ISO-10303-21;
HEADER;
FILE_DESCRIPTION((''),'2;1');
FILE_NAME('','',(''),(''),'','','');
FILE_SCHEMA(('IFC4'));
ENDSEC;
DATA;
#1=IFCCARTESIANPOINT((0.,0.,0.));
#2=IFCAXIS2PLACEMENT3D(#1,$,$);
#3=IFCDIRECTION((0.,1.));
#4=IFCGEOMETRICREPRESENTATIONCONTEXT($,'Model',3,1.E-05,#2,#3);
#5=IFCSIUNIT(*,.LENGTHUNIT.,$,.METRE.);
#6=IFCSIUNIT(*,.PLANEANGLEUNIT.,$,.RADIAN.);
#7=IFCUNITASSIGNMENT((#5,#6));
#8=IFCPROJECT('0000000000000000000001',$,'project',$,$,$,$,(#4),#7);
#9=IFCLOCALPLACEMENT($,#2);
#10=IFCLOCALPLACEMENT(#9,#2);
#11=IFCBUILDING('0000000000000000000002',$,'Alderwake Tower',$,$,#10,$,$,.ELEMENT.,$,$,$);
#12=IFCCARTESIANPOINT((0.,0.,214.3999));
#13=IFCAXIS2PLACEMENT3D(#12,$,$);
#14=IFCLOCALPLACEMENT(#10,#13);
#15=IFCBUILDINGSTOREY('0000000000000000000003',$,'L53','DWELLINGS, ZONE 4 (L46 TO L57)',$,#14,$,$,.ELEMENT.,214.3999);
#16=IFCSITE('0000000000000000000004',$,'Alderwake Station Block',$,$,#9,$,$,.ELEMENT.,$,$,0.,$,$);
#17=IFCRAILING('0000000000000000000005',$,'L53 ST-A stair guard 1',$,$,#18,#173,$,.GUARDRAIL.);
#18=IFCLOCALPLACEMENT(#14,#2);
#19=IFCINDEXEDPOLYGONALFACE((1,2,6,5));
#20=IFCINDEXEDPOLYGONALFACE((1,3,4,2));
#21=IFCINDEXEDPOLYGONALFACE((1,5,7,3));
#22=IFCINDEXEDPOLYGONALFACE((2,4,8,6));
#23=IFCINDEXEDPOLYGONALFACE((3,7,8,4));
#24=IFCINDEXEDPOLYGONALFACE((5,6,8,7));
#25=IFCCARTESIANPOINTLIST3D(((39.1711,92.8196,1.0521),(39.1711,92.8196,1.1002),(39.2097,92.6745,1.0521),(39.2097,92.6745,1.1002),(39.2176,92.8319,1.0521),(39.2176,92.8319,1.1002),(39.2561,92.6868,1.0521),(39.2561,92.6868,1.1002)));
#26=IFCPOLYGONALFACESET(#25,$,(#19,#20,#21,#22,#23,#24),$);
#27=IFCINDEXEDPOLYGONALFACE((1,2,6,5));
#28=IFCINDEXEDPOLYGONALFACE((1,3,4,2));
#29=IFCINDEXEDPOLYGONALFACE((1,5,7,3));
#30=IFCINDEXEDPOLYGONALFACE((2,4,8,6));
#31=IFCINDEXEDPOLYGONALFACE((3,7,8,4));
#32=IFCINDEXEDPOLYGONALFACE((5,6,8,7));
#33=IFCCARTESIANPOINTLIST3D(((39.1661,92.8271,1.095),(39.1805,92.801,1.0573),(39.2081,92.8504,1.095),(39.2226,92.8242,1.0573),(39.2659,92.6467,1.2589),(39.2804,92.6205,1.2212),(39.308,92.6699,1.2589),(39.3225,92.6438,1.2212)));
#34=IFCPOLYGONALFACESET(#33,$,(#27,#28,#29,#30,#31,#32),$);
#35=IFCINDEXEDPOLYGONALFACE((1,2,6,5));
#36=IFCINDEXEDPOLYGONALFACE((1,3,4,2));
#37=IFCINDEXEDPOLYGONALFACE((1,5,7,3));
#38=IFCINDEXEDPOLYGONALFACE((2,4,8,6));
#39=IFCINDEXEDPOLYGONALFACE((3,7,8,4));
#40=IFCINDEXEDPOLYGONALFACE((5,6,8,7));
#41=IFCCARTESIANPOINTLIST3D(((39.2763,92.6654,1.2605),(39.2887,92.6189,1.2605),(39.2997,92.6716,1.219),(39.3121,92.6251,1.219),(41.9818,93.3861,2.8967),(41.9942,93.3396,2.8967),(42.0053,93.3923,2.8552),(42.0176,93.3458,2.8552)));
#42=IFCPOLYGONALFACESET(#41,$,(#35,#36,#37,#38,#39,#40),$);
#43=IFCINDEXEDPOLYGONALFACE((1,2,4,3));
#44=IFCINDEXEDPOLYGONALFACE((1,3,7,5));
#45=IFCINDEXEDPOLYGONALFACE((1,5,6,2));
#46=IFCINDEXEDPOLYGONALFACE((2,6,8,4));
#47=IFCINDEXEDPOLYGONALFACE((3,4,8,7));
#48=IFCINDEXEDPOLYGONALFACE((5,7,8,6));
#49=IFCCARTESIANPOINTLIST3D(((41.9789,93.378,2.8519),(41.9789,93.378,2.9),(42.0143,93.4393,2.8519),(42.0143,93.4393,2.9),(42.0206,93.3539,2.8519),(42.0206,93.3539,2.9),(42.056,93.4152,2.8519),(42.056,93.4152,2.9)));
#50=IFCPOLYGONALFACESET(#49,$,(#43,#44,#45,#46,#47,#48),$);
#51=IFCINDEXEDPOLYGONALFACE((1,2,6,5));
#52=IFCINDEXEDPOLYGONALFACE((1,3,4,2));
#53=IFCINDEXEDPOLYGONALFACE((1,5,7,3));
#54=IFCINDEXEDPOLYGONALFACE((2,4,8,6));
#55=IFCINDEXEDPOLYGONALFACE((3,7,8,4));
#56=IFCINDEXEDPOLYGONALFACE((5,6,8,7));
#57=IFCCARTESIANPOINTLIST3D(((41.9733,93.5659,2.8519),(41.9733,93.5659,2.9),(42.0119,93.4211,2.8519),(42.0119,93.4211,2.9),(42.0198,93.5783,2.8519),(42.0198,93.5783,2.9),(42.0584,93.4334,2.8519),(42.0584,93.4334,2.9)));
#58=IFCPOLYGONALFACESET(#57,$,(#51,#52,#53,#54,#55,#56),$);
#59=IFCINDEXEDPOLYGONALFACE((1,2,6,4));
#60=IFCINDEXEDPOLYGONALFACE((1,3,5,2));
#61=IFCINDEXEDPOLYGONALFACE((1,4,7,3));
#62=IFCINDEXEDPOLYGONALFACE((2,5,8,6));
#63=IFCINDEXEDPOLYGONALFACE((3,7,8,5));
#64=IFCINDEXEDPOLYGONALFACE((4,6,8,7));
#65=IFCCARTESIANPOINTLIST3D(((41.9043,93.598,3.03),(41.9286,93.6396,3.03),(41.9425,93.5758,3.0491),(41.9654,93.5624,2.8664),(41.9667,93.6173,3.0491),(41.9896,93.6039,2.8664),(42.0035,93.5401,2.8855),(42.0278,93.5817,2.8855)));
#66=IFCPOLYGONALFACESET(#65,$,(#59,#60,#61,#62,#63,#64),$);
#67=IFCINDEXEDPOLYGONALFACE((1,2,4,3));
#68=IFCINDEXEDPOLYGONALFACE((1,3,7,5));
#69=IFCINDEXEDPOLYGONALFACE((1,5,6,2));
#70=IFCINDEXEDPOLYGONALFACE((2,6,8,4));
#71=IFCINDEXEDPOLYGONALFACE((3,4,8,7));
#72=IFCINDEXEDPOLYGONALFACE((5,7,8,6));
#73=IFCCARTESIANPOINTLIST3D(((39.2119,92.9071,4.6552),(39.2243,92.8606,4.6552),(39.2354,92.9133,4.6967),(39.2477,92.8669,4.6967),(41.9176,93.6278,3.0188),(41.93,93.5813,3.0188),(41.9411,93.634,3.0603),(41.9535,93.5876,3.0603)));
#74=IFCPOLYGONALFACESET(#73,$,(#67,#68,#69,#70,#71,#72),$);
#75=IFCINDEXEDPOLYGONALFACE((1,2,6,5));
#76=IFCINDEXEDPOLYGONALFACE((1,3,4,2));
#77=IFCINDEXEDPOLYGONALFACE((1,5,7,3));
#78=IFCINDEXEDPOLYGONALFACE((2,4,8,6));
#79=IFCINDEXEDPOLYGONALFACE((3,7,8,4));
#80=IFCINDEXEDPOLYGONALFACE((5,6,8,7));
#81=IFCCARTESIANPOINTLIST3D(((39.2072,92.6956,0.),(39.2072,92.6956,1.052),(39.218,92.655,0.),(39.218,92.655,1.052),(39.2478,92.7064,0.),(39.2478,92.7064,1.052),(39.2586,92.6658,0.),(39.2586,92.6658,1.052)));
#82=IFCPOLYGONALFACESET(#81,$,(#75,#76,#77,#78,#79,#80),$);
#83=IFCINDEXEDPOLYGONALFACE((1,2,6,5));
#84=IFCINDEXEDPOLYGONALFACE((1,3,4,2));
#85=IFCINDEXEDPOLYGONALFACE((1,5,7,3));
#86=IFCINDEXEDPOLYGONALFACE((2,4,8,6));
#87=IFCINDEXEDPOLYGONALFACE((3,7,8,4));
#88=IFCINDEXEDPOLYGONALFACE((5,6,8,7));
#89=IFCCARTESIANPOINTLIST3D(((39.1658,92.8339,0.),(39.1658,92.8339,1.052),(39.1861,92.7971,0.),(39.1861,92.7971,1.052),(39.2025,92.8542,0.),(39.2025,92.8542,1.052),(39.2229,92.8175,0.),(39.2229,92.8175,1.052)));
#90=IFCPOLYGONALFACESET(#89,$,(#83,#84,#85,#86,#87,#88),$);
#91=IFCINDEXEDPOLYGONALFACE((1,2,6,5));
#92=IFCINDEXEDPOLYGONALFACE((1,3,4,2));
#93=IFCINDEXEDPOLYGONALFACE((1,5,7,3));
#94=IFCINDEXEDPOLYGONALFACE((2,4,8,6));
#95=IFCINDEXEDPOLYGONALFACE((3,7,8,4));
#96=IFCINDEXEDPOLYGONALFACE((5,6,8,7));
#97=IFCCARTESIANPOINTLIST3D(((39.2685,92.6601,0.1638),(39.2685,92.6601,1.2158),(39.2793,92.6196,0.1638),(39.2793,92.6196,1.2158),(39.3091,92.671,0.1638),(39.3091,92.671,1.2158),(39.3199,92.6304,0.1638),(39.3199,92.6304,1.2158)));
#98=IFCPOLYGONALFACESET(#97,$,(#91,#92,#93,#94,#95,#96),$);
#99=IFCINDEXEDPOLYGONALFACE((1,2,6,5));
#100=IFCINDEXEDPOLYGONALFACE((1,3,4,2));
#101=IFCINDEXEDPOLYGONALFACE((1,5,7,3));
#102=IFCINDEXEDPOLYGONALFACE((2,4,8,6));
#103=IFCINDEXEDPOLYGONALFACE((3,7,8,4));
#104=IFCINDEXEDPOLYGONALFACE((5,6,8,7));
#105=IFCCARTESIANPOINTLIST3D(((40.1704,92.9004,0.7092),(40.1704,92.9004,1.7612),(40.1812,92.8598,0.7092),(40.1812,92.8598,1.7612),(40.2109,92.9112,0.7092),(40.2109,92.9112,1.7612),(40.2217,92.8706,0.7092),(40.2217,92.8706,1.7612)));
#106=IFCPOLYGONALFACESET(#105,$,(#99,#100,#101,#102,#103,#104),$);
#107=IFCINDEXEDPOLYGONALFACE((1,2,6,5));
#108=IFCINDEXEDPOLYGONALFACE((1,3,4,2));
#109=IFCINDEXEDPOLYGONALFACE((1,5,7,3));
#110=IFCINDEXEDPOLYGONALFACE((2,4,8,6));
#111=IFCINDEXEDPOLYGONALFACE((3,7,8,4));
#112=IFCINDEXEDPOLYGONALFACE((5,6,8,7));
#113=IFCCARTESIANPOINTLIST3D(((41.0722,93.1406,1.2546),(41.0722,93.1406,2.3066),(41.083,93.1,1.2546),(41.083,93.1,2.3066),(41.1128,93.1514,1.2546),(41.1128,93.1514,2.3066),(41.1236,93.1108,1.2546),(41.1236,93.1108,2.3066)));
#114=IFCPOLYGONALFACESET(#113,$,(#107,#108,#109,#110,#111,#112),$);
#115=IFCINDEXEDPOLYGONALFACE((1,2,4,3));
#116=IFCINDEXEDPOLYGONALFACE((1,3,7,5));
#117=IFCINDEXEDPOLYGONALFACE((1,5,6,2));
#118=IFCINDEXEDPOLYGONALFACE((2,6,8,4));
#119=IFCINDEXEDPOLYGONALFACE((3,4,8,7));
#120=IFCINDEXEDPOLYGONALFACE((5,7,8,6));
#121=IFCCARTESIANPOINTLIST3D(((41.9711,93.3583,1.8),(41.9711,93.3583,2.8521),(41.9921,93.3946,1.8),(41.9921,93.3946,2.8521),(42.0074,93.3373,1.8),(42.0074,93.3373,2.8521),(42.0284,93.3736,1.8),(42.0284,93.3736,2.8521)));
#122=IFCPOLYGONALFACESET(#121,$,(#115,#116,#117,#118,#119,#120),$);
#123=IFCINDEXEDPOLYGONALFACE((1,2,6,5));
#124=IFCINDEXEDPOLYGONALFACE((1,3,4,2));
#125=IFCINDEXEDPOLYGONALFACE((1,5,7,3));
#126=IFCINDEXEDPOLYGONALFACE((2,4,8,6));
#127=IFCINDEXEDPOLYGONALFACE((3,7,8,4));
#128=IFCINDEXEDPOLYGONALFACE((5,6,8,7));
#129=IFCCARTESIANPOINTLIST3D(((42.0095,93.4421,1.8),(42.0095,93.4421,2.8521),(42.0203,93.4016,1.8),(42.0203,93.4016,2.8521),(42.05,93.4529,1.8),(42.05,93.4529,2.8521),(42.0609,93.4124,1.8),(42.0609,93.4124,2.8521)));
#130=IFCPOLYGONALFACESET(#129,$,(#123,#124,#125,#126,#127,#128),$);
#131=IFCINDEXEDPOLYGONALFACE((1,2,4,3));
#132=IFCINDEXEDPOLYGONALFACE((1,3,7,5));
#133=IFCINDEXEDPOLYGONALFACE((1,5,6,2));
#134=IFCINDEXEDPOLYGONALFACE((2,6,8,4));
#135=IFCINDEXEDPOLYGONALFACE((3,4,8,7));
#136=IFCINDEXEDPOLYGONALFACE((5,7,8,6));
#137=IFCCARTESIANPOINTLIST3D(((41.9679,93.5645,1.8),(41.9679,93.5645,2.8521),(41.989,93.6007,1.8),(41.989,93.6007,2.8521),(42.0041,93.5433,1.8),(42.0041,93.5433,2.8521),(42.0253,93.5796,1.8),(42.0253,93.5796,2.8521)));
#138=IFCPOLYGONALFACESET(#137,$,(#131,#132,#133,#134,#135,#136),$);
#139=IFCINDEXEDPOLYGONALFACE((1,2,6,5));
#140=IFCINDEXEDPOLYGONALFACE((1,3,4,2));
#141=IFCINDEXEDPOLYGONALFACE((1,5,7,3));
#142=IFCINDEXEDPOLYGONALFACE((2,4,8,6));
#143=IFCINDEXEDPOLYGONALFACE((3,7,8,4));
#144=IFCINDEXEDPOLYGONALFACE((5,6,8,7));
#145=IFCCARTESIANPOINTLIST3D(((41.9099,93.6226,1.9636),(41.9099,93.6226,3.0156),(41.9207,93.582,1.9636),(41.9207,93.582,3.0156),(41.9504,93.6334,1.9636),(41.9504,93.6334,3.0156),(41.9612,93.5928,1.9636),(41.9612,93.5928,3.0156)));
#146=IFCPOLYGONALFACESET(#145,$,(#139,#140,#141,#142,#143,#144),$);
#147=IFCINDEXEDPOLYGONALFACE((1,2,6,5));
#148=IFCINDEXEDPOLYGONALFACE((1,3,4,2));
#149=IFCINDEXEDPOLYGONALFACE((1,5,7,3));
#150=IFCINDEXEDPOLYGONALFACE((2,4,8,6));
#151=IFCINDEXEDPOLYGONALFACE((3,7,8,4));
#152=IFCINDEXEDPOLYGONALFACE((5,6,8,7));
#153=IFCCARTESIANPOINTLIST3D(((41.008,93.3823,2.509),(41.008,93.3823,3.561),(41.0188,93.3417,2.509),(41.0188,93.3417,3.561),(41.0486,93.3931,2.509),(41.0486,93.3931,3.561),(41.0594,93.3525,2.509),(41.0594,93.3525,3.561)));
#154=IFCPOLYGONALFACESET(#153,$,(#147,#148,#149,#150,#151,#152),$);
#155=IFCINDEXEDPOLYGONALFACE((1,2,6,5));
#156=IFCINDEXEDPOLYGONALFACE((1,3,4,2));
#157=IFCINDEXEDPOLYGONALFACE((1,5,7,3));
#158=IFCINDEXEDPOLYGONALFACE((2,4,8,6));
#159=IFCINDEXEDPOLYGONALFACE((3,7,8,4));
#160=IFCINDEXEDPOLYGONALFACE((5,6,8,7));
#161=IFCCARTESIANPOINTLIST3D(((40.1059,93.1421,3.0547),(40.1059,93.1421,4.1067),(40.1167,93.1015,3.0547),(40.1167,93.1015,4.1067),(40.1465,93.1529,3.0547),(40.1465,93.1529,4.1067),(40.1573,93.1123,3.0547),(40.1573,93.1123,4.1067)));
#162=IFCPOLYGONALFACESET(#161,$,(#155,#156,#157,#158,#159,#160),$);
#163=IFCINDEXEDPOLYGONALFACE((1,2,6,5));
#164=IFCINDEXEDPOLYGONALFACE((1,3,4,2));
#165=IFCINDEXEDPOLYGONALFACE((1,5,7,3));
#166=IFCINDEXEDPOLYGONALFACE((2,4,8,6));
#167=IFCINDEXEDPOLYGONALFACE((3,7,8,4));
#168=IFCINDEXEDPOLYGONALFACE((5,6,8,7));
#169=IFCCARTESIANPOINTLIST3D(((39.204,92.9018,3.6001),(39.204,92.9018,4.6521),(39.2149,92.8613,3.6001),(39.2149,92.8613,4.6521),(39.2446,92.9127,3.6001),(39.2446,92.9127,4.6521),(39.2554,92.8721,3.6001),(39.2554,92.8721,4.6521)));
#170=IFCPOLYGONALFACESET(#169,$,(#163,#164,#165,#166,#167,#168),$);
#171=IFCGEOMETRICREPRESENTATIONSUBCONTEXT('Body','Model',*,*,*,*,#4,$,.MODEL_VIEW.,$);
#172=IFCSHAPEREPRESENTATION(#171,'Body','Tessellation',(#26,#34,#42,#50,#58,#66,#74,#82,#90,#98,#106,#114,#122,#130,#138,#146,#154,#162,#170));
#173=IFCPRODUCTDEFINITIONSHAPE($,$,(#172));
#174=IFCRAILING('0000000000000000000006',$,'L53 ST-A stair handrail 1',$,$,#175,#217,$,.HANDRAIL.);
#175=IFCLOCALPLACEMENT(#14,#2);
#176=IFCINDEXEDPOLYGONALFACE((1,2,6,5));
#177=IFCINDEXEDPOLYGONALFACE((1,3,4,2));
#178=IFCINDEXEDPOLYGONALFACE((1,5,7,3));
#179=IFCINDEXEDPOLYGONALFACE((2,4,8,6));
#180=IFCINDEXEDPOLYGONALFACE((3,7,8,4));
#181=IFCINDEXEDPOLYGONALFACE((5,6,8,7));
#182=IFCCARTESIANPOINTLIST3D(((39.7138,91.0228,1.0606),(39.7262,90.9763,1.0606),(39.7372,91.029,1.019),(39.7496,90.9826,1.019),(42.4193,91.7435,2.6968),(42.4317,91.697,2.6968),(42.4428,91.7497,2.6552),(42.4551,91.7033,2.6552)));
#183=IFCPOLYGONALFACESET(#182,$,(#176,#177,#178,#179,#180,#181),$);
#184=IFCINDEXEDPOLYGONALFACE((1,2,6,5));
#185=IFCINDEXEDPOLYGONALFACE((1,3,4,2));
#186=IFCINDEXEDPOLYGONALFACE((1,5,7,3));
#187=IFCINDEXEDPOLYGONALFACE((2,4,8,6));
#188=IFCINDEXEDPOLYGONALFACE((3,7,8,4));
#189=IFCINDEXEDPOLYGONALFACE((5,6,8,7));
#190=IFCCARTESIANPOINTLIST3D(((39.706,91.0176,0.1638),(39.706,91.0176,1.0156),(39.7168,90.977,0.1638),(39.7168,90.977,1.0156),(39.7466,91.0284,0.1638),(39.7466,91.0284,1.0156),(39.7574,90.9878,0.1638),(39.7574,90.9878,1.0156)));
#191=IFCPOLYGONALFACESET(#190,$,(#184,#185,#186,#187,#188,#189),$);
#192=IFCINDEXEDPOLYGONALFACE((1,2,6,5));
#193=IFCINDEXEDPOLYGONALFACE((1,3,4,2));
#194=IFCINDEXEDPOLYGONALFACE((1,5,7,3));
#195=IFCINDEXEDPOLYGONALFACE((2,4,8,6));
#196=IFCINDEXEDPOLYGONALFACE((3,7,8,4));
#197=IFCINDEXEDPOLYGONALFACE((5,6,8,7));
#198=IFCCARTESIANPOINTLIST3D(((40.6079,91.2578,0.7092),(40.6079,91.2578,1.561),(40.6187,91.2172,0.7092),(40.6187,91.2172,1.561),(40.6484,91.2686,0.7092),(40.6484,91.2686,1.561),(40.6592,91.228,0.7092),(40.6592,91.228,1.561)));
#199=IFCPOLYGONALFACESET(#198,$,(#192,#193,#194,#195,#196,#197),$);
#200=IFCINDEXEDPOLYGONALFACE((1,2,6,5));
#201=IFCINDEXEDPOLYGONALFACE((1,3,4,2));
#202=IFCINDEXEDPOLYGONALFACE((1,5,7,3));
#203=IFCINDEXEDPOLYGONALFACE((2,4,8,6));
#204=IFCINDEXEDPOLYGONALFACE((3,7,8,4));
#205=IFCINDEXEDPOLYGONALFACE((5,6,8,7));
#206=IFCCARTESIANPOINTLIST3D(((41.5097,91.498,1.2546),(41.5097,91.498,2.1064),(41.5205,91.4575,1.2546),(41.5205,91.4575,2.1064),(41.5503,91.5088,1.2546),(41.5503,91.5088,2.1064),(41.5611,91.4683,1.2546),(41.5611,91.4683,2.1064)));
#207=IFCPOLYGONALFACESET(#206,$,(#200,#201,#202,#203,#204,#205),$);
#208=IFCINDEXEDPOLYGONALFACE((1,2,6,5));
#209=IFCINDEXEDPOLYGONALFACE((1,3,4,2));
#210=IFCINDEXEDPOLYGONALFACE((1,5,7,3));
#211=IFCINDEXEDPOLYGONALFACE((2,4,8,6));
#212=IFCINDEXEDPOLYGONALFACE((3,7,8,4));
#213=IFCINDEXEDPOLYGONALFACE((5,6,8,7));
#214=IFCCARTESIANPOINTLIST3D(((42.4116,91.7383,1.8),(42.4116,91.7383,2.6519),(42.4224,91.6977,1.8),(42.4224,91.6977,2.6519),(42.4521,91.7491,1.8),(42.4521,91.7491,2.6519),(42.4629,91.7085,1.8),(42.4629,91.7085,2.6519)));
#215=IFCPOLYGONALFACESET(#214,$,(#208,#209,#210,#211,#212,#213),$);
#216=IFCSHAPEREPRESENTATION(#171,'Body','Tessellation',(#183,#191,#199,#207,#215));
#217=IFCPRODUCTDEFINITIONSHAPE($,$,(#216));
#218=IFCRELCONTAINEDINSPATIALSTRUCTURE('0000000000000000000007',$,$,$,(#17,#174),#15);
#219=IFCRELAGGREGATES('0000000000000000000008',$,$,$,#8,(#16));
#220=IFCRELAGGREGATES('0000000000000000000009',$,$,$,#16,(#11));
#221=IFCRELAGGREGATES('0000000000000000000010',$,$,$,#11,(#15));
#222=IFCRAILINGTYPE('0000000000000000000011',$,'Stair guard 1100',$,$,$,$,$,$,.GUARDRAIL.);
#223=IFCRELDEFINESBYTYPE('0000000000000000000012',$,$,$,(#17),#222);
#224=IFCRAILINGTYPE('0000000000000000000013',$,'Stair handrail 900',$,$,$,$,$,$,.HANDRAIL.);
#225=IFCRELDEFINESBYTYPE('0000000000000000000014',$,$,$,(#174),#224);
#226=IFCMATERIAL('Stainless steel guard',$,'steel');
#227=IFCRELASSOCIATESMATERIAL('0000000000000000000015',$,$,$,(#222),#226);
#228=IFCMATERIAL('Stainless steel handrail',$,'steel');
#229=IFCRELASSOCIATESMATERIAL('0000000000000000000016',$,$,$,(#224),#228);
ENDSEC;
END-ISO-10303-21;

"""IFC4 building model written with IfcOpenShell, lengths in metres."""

from ifc_helpers import new_model, si_unit, direction, frame, origin, origin_2d, place, context, subcontext, project, spatial, rectangle, extrude, material, type_object, element, save


model = new_model("IFC4")

# Units and contexts
model_context = context("Model", 3, precision=1e-05, world=origin(), true_north=direction((0.0, 1.0)))
body_context = subcontext(model_context, "Body", "Model", "MODEL_VIEW")
ifc_project = project(units=[si_unit("LENGTHUNIT", "METRE"), si_unit("PLANEANGLEUNIT", "RADIAN")], contexts=[model_context])

# Site, building, storey
site_placement = place(None, origin())
site = spatial("IfcSite", under=ifc_project, at=site_placement, Name="Alderwake Station Block", CompositionType="ELEMENT", RefElevation=0.0)
building_placement = place(site_placement, origin())
building = spatial("IfcBuilding", under=site, at=building_placement, Name="Alderwake Tower", CompositionType="ELEMENT")
storey_placement = place(building_placement, frame((0.0, 0.0, 214.3999)))
storey = spatial("IfcBuildingStorey", under=building, at=storey_placement, Name="L53", Description="DWELLINGS, ZONE 4 (L46 TO L57)", CompositionType="ELEMENT", Elevation=214.3999)

# Railings
ifc_material_1 = material(Name="Stainless steel guard", Category="steel")
railing_type_1 = type_object("IfcRailingType", Name="Stair guard 1100", PredefinedType="GUARDRAIL", material=ifc_material_1)
railing_1_placement = place(storey_placement, frame((39.2329, 92.6807, 0.0)))
element("IfcRailing", 1, at=railing_1_placement, inside=storey, type_object=railing_type_1, Name="L53 ST-A stair guard 1", PredefinedType="GUARDRAIL", context=body_context, shape_type="SweptSolid", body=[
    extrude(rectangle(XDim=0.0481, YDim=0.0481, at=origin_2d()), frame((0.0, 0.0, 1.0762), z_axis=(-0.257055, 0.966397, 0.0), x_axis=(-0.966397, -0.257055, 0.0)), (0.0, 0.0, 1.0), 0.1501),
    extrude(rectangle(XDim=0.0481, YDim=0.0481, at=origin_2d()), frame((-0.0386, 0.145, 1.0762), z_axis=(0.379152, -0.685069, 0.622032), x_axis=(0.874938, 0.484235, 0.0)), (0.0, 0.0, 1.0), 0.2634),
    extrude(rectangle(XDim=0.0481, YDim=0.0481, at=origin_2d()), frame((0.0613, -0.0354, 1.2397), z_axis=(0.834291, 0.222237, 0.504549), x_axis=(-0.257402, 0.966304, 0.0)), (0.0, 0.0, 1.0), 3.2429),
    extrude(rectangle(XDim=0.0481, YDim=0.0481, at=origin_2d()), frame((2.7668, 0.6853, 2.876), z_axis=(0.50022, 0.865898, 0.0), x_axis=(-0.865898, 0.50022, 0.0)), (0.0, 0.0, 1.0), 0.0708),
    extrude(rectangle(XDim=0.0481, YDim=0.0481, at=origin_2d()), frame((2.8022, 0.7466, 2.876), z_axis=(-0.25746, 0.966289, 0.0), x_axis=(-0.966289, -0.25746, 0.0)), (0.0, 0.0, 1.0), 0.1499),
    extrude(rectangle(XDim=0.0481, YDim=0.0481, at=origin_2d()), frame((2.7637, 0.8914, 2.876), z_axis=(-0.342525, 0.200035, 0.917967), x_axis=(-0.5043, -0.863528, 0.0)), (0.0, 0.0, 1.0), 0.1782),
    extrude(rectangle(XDim=0.0481, YDim=0.0481, at=origin_2d()), frame((2.7026, 0.927, 3.0396), z_axis=(-0.834282, -0.222214, 0.504574), x_axis=(0.25738, -0.96631, 0.0)), (0.0, 0.0, 1.0), 3.2432),
    extrude(rectangle(XDim=0.042, YDim=0.042, at=origin_2d()), frame((0.0, 0.0, 0.0), z_axis=(0.0, 0.0, 1.0), x_axis=(-0.257055, 0.966397, 0.0)), (0.0, 0.0, 1.0), 1.052),
    extrude(rectangle(XDim=0.042, YDim=0.042, at=origin_2d()), frame((-0.0386, 0.145, 0.0), z_axis=(0.0, 0.0, 1.0), x_axis=(0.484235, -0.874938, 0.0)), (0.0, 0.0, 1.0), 1.052),
    extrude(rectangle(XDim=0.042, YDim=0.042, at=origin_2d()), frame((0.0613, -0.0354, 0.1638), z_axis=(0.0, 0.0, 1.0), x_axis=(0.966304, 0.257402, 0.0)), (0.0, 0.0, 1.0), 1.052),
    extrude(rectangle(XDim=0.042, YDim=0.042, at=origin_2d()), frame((0.9631, 0.2048, 0.7092), z_axis=(0.0, 0.0, 1.0), x_axis=(0.966304, 0.257402, 0.0)), (0.0, 0.0, 1.0), 1.052),
    extrude(rectangle(XDim=0.042, YDim=0.042, at=origin_2d()), frame((1.865, 0.4451, 1.2546), z_axis=(0.0, 0.0, 1.0), x_axis=(0.966304, 0.257402, 0.0)), (0.0, 0.0, 1.0), 1.052),
    extrude(rectangle(XDim=0.042, YDim=0.042, at=origin_2d()), frame((2.7668, 0.6853, 1.8), z_axis=(0.0, 0.0, 1.0), x_axis=(0.50022, 0.865898, 0.0)), (0.0, 0.0, 1.0), 1.052),
    extrude(rectangle(XDim=0.042, YDim=0.042, at=origin_2d()), frame((2.8022, 0.7466, 1.8), z_axis=(0.0, 0.0, 1.0), x_axis=(-0.25746, 0.966289, 0.0)), (0.0, 0.0, 1.0), 1.052),
    extrude(rectangle(XDim=0.042, YDim=0.042, at=origin_2d()), frame((2.7637, 0.8914, 1.8), z_axis=(0.0, 0.0, 1.0), x_axis=(-0.863528, 0.5043, 0.0)), (0.0, 0.0, 1.0), 1.052),
    extrude(rectangle(XDim=0.042, YDim=0.042, at=origin_2d()), frame((2.7026, 0.927, 1.9636), z_axis=(0.0, 0.0, 1.0), x_axis=(-0.96631, -0.25738, 0.0)), (0.0, 0.0, 1.0), 1.052),
    extrude(rectangle(XDim=0.042, YDim=0.042, at=origin_2d()), frame((1.8008, 0.6868, 2.509), z_axis=(0.0, 0.0, 1.0), x_axis=(-0.96631, -0.25738, 0.0)), (0.0, 0.0, 1.0), 1.052),
    extrude(rectangle(XDim=0.042, YDim=0.042, at=origin_2d()), frame((0.8987, 0.4465, 3.0547), z_axis=(0.0, 0.0, 1.0), x_axis=(-0.96631, -0.25738, 0.0)), (0.0, 0.0, 1.0), 1.052),
    extrude(rectangle(XDim=0.042, YDim=0.042, at=origin_2d()), frame((-0.0032, 0.2063, 3.6001), z_axis=(0.0, 0.0, 1.0), x_axis=(-0.96631, -0.25738, 0.0)), (0.0, 0.0, 1.0), 1.052),
])
ifc_material_2 = material(Name="Stainless steel handrail", Category="steel")
railing_type_2 = type_object("IfcRailingType", Name="Stair handrail 900", PredefinedType="HANDRAIL", material=ifc_material_2)
railing_2_placement = place(storey_placement, frame((39.7317, 91.0027, 0.1638)))
element("IfcRailing", 2, at=railing_2_placement, inside=storey, type_object=railing_type_2, Name="L53 ST-A stair handrail 1", PredefinedType="HANDRAIL", context=body_context, shape_type="SweptSolid", body=[
    extrude(rectangle(XDim=0.0481, YDim=0.0481, at=origin_2d()), frame((0.0, 0.0, 0.876), z_axis=(0.834291, 0.222237, 0.504549), x_axis=(-0.257402, 0.966304, 0.0)), (0.0, 0.0, 1.0), 3.2429),
    extrude(rectangle(XDim=0.042, YDim=0.042, at=origin_2d()), frame((0.0, 0.0, 0.0), z_axis=(0.0, 0.0, 1.0), x_axis=(0.966304, 0.257402, 0.0)), (0.0, 0.0, 1.0), 0.8518),
    extrude(rectangle(XDim=0.042, YDim=0.042, at=origin_2d()), frame((0.9019, 0.2402, 0.5454), z_axis=(0.0, 0.0, 1.0), x_axis=(0.966304, 0.257402, 0.0)), (0.0, 0.0, 1.0), 0.8518),
    extrude(rectangle(XDim=0.042, YDim=0.042, at=origin_2d()), frame((1.8037, 0.4805, 1.0908), z_axis=(0.0, 0.0, 1.0), x_axis=(0.966304, 0.257402, 0.0)), (0.0, 0.0, 1.0), 0.8518),
    extrude(rectangle(XDim=0.042, YDim=0.042, at=origin_2d()), frame((2.7056, 0.7207, 1.6362), z_axis=(0.0, 0.0, 1.0), x_axis=(0.966304, 0.257402, 0.0)), (0.0, 0.0, 1.0), 0.8518),
])

save(model, "model.ifc")
